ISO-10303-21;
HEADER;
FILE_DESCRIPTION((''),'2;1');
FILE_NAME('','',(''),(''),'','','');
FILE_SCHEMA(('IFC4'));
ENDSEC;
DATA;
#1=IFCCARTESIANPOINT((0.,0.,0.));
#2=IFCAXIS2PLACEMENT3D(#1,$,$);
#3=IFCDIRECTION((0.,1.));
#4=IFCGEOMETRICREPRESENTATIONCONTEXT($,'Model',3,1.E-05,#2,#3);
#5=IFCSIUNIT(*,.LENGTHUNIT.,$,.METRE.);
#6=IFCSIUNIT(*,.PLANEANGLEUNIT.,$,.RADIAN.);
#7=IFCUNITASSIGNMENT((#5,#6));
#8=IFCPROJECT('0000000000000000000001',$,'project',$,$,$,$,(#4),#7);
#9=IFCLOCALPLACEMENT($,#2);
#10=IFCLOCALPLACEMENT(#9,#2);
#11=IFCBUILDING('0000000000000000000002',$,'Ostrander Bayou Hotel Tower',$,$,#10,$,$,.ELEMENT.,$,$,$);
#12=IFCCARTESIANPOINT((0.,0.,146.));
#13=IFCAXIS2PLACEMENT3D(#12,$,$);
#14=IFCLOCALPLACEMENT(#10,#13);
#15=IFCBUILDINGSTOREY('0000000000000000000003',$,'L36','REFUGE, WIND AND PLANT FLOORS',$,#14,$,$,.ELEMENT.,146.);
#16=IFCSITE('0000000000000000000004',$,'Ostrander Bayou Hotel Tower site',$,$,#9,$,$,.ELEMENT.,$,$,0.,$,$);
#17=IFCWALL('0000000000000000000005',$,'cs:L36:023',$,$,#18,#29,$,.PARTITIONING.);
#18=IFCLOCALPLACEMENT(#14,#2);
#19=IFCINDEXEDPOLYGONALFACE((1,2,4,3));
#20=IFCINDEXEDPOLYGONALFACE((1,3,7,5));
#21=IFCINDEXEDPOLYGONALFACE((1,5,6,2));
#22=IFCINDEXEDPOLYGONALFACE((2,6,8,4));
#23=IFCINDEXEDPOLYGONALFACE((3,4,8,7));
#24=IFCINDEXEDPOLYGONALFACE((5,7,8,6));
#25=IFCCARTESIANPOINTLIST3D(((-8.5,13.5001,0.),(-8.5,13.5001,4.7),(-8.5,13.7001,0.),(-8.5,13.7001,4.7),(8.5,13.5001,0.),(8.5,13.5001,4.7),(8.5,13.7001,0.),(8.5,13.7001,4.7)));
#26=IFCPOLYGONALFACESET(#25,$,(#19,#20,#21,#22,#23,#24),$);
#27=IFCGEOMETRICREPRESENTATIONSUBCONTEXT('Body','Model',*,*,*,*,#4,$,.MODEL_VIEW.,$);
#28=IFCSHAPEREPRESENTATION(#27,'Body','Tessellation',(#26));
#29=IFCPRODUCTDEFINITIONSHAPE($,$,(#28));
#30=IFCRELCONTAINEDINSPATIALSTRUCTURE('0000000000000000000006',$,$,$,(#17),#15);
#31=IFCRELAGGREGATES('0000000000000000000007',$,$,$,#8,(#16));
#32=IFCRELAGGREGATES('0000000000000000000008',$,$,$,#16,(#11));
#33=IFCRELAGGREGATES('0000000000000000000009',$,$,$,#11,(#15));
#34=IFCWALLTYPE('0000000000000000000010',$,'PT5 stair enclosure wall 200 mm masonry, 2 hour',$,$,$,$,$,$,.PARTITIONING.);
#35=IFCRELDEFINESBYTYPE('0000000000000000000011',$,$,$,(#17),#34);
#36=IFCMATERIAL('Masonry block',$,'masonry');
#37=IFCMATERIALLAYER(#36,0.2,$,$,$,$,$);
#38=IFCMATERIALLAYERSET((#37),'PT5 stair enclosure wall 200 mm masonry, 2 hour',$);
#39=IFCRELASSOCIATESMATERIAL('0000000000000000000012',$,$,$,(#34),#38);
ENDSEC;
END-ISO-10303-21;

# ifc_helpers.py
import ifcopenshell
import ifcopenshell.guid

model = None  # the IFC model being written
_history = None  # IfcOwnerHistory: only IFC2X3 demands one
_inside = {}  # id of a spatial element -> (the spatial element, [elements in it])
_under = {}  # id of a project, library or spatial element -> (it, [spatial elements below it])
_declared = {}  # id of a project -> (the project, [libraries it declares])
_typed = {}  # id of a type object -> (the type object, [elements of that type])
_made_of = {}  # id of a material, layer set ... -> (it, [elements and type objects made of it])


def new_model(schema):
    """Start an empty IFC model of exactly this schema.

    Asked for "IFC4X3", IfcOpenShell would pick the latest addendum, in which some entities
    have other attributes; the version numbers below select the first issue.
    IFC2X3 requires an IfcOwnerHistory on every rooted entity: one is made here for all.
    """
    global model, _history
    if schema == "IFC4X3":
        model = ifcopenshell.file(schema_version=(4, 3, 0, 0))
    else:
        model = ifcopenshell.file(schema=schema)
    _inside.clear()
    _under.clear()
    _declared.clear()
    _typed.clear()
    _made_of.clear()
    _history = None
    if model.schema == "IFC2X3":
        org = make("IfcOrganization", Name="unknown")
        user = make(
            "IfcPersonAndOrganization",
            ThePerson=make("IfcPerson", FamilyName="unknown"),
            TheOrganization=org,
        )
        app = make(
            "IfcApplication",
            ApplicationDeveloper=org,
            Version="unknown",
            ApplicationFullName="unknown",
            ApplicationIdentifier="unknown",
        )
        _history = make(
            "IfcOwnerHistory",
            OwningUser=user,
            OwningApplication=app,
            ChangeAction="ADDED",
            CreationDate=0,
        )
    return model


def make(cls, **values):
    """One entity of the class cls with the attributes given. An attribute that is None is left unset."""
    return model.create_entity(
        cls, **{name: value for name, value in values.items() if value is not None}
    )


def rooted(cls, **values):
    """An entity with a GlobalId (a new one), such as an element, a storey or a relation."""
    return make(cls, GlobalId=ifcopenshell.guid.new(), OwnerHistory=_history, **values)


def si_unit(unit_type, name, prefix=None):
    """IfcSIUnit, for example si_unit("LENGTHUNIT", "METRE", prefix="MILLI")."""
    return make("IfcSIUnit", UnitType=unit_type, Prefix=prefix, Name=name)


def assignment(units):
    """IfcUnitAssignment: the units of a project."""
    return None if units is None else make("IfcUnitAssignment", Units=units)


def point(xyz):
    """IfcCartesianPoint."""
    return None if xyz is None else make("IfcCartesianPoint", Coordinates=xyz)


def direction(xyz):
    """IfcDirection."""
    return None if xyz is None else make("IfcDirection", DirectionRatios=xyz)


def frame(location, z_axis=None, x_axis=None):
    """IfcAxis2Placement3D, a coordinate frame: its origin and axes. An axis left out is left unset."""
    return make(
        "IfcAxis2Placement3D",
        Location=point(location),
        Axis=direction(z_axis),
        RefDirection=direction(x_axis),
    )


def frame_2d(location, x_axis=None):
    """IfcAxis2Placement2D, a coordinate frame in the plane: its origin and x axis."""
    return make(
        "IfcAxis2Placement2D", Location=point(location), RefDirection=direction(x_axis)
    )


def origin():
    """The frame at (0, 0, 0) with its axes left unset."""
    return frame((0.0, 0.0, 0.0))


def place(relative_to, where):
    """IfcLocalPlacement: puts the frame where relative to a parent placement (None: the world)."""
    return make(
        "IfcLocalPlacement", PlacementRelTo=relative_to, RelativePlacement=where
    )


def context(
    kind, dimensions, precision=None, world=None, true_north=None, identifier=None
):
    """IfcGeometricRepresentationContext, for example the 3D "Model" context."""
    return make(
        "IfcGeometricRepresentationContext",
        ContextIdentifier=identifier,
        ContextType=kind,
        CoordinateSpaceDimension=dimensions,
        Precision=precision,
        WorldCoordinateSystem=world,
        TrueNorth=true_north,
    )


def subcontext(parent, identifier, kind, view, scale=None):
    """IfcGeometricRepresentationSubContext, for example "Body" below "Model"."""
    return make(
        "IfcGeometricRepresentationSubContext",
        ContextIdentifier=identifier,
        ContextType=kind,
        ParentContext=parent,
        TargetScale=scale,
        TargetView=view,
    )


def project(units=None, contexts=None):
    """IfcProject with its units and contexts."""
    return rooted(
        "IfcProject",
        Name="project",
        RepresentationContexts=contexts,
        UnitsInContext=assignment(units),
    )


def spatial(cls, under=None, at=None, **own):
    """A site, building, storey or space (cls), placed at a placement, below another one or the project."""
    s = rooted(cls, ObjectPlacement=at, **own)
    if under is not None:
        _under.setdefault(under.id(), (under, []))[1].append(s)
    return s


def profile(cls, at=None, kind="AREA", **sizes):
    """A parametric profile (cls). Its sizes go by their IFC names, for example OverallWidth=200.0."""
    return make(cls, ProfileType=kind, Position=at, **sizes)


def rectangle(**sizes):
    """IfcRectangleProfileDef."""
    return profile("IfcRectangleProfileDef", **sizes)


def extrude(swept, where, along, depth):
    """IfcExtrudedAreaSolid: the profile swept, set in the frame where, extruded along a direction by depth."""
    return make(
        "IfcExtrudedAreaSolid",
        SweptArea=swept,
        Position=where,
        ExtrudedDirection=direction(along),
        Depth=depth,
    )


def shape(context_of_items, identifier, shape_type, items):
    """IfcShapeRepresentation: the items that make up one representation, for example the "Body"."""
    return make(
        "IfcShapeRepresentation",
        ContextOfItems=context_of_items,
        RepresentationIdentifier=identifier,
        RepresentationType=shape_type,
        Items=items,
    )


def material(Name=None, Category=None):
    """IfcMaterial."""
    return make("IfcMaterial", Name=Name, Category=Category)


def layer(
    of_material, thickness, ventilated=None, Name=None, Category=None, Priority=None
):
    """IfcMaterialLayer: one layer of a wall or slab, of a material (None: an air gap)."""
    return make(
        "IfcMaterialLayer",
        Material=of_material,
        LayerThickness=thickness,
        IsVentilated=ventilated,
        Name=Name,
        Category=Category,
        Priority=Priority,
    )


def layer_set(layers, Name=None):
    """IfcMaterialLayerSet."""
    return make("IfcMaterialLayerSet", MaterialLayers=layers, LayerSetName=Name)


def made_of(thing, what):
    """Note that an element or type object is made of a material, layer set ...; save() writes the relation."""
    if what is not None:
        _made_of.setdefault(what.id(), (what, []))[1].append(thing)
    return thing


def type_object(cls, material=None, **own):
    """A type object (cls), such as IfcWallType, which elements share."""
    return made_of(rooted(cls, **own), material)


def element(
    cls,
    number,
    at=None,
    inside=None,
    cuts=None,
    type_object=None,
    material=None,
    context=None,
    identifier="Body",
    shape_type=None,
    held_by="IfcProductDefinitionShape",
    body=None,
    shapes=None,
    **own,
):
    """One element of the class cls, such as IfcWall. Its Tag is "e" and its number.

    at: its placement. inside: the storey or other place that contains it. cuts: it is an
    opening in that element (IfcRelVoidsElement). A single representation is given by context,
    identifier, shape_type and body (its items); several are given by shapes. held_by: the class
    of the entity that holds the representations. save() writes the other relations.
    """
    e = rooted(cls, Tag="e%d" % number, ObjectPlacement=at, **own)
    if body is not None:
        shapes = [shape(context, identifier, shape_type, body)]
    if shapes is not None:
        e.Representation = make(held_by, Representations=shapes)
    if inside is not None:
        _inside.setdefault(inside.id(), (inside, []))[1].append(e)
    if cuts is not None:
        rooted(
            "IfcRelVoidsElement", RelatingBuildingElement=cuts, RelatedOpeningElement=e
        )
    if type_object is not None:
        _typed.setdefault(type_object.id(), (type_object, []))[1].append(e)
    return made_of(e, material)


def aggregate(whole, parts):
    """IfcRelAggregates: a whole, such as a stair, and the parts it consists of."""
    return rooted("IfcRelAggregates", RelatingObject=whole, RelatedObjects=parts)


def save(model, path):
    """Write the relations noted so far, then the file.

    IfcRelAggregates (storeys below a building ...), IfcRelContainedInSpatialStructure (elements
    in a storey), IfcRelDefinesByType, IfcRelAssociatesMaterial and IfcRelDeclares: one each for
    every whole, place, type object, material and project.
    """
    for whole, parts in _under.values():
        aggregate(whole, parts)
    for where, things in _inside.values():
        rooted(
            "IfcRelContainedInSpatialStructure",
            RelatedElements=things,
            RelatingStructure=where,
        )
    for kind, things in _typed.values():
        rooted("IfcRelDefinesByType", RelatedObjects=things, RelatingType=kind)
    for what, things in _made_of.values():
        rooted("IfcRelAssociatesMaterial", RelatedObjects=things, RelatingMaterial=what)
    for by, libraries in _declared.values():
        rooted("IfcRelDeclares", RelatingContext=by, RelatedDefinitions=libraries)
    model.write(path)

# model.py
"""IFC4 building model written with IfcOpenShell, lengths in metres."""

from ifc_helpers import new_model, si_unit, direction, frame, frame_2d, origin, place, context, subcontext, project, spatial, rectangle, extrude, material, layer, layer_set, type_object, element, save


model = new_model("IFC4")

# Units and contexts
model_context = context("Model", 3, precision=1e-05, world=origin(), true_north=direction((0.0, 1.0)))
body_context = subcontext(model_context, "Body", "Model", "MODEL_VIEW")
ifc_project = project(units=[si_unit("LENGTHUNIT", "METRE"), si_unit("PLANEANGLEUNIT", "RADIAN")], contexts=[model_context])

# Site, building, storey
site_placement = place(None, origin())
site = spatial("IfcSite", under=ifc_project, at=site_placement, Name="Ostrander Bayou Hotel Tower site", CompositionType="ELEMENT", RefElevation=0.0)
building_placement = place(site_placement, origin())
building = spatial("IfcBuilding", under=site, at=building_placement, Name="Ostrander Bayou Hotel Tower", CompositionType="ELEMENT")
storey_placement = place(building_placement, frame((0.0, 0.0, 146.0)))
storey = spatial("IfcBuildingStorey", under=building, at=storey_placement, Name="L36", Description="REFUGE, WIND AND PLANT FLOORS", CompositionType="ELEMENT", Elevation=146.0)

# Wall
ifc_material_1 = material(Name="Masonry block", Category="masonry")
ifc_layer_1 = layer(ifc_material_1, 0.2)
ifc_layer_set_1 = layer_set([ifc_layer_1], Name="PT5 stair enclosure wall 200 mm masonry, 2 hour")
wall_type_1 = type_object("IfcWallType", Name="PT5 stair enclosure wall 200 mm masonry, 2 hour", PredefinedType="PARTITIONING", material=ifc_layer_set_1)
wall_1_placement = place(storey_placement, frame((-8.5, 13.6001, 0.0), z_axis=(0.0, 0.0, 1.0), x_axis=(1.0, 0.0, 0.0)))
element("IfcWall", 1, at=wall_1_placement, inside=storey, type_object=wall_type_1, Name="cs:L36:023", PredefinedType="PARTITIONING", context=body_context, shape_type="SweptSolid", body=[
    extrude(rectangle(XDim=17.0, YDim=0.2, at=frame_2d((8.5, 0.0))), origin(), (0.0, 0.0, 1.0), 4.7),
])

save(model, "model.ifc")
